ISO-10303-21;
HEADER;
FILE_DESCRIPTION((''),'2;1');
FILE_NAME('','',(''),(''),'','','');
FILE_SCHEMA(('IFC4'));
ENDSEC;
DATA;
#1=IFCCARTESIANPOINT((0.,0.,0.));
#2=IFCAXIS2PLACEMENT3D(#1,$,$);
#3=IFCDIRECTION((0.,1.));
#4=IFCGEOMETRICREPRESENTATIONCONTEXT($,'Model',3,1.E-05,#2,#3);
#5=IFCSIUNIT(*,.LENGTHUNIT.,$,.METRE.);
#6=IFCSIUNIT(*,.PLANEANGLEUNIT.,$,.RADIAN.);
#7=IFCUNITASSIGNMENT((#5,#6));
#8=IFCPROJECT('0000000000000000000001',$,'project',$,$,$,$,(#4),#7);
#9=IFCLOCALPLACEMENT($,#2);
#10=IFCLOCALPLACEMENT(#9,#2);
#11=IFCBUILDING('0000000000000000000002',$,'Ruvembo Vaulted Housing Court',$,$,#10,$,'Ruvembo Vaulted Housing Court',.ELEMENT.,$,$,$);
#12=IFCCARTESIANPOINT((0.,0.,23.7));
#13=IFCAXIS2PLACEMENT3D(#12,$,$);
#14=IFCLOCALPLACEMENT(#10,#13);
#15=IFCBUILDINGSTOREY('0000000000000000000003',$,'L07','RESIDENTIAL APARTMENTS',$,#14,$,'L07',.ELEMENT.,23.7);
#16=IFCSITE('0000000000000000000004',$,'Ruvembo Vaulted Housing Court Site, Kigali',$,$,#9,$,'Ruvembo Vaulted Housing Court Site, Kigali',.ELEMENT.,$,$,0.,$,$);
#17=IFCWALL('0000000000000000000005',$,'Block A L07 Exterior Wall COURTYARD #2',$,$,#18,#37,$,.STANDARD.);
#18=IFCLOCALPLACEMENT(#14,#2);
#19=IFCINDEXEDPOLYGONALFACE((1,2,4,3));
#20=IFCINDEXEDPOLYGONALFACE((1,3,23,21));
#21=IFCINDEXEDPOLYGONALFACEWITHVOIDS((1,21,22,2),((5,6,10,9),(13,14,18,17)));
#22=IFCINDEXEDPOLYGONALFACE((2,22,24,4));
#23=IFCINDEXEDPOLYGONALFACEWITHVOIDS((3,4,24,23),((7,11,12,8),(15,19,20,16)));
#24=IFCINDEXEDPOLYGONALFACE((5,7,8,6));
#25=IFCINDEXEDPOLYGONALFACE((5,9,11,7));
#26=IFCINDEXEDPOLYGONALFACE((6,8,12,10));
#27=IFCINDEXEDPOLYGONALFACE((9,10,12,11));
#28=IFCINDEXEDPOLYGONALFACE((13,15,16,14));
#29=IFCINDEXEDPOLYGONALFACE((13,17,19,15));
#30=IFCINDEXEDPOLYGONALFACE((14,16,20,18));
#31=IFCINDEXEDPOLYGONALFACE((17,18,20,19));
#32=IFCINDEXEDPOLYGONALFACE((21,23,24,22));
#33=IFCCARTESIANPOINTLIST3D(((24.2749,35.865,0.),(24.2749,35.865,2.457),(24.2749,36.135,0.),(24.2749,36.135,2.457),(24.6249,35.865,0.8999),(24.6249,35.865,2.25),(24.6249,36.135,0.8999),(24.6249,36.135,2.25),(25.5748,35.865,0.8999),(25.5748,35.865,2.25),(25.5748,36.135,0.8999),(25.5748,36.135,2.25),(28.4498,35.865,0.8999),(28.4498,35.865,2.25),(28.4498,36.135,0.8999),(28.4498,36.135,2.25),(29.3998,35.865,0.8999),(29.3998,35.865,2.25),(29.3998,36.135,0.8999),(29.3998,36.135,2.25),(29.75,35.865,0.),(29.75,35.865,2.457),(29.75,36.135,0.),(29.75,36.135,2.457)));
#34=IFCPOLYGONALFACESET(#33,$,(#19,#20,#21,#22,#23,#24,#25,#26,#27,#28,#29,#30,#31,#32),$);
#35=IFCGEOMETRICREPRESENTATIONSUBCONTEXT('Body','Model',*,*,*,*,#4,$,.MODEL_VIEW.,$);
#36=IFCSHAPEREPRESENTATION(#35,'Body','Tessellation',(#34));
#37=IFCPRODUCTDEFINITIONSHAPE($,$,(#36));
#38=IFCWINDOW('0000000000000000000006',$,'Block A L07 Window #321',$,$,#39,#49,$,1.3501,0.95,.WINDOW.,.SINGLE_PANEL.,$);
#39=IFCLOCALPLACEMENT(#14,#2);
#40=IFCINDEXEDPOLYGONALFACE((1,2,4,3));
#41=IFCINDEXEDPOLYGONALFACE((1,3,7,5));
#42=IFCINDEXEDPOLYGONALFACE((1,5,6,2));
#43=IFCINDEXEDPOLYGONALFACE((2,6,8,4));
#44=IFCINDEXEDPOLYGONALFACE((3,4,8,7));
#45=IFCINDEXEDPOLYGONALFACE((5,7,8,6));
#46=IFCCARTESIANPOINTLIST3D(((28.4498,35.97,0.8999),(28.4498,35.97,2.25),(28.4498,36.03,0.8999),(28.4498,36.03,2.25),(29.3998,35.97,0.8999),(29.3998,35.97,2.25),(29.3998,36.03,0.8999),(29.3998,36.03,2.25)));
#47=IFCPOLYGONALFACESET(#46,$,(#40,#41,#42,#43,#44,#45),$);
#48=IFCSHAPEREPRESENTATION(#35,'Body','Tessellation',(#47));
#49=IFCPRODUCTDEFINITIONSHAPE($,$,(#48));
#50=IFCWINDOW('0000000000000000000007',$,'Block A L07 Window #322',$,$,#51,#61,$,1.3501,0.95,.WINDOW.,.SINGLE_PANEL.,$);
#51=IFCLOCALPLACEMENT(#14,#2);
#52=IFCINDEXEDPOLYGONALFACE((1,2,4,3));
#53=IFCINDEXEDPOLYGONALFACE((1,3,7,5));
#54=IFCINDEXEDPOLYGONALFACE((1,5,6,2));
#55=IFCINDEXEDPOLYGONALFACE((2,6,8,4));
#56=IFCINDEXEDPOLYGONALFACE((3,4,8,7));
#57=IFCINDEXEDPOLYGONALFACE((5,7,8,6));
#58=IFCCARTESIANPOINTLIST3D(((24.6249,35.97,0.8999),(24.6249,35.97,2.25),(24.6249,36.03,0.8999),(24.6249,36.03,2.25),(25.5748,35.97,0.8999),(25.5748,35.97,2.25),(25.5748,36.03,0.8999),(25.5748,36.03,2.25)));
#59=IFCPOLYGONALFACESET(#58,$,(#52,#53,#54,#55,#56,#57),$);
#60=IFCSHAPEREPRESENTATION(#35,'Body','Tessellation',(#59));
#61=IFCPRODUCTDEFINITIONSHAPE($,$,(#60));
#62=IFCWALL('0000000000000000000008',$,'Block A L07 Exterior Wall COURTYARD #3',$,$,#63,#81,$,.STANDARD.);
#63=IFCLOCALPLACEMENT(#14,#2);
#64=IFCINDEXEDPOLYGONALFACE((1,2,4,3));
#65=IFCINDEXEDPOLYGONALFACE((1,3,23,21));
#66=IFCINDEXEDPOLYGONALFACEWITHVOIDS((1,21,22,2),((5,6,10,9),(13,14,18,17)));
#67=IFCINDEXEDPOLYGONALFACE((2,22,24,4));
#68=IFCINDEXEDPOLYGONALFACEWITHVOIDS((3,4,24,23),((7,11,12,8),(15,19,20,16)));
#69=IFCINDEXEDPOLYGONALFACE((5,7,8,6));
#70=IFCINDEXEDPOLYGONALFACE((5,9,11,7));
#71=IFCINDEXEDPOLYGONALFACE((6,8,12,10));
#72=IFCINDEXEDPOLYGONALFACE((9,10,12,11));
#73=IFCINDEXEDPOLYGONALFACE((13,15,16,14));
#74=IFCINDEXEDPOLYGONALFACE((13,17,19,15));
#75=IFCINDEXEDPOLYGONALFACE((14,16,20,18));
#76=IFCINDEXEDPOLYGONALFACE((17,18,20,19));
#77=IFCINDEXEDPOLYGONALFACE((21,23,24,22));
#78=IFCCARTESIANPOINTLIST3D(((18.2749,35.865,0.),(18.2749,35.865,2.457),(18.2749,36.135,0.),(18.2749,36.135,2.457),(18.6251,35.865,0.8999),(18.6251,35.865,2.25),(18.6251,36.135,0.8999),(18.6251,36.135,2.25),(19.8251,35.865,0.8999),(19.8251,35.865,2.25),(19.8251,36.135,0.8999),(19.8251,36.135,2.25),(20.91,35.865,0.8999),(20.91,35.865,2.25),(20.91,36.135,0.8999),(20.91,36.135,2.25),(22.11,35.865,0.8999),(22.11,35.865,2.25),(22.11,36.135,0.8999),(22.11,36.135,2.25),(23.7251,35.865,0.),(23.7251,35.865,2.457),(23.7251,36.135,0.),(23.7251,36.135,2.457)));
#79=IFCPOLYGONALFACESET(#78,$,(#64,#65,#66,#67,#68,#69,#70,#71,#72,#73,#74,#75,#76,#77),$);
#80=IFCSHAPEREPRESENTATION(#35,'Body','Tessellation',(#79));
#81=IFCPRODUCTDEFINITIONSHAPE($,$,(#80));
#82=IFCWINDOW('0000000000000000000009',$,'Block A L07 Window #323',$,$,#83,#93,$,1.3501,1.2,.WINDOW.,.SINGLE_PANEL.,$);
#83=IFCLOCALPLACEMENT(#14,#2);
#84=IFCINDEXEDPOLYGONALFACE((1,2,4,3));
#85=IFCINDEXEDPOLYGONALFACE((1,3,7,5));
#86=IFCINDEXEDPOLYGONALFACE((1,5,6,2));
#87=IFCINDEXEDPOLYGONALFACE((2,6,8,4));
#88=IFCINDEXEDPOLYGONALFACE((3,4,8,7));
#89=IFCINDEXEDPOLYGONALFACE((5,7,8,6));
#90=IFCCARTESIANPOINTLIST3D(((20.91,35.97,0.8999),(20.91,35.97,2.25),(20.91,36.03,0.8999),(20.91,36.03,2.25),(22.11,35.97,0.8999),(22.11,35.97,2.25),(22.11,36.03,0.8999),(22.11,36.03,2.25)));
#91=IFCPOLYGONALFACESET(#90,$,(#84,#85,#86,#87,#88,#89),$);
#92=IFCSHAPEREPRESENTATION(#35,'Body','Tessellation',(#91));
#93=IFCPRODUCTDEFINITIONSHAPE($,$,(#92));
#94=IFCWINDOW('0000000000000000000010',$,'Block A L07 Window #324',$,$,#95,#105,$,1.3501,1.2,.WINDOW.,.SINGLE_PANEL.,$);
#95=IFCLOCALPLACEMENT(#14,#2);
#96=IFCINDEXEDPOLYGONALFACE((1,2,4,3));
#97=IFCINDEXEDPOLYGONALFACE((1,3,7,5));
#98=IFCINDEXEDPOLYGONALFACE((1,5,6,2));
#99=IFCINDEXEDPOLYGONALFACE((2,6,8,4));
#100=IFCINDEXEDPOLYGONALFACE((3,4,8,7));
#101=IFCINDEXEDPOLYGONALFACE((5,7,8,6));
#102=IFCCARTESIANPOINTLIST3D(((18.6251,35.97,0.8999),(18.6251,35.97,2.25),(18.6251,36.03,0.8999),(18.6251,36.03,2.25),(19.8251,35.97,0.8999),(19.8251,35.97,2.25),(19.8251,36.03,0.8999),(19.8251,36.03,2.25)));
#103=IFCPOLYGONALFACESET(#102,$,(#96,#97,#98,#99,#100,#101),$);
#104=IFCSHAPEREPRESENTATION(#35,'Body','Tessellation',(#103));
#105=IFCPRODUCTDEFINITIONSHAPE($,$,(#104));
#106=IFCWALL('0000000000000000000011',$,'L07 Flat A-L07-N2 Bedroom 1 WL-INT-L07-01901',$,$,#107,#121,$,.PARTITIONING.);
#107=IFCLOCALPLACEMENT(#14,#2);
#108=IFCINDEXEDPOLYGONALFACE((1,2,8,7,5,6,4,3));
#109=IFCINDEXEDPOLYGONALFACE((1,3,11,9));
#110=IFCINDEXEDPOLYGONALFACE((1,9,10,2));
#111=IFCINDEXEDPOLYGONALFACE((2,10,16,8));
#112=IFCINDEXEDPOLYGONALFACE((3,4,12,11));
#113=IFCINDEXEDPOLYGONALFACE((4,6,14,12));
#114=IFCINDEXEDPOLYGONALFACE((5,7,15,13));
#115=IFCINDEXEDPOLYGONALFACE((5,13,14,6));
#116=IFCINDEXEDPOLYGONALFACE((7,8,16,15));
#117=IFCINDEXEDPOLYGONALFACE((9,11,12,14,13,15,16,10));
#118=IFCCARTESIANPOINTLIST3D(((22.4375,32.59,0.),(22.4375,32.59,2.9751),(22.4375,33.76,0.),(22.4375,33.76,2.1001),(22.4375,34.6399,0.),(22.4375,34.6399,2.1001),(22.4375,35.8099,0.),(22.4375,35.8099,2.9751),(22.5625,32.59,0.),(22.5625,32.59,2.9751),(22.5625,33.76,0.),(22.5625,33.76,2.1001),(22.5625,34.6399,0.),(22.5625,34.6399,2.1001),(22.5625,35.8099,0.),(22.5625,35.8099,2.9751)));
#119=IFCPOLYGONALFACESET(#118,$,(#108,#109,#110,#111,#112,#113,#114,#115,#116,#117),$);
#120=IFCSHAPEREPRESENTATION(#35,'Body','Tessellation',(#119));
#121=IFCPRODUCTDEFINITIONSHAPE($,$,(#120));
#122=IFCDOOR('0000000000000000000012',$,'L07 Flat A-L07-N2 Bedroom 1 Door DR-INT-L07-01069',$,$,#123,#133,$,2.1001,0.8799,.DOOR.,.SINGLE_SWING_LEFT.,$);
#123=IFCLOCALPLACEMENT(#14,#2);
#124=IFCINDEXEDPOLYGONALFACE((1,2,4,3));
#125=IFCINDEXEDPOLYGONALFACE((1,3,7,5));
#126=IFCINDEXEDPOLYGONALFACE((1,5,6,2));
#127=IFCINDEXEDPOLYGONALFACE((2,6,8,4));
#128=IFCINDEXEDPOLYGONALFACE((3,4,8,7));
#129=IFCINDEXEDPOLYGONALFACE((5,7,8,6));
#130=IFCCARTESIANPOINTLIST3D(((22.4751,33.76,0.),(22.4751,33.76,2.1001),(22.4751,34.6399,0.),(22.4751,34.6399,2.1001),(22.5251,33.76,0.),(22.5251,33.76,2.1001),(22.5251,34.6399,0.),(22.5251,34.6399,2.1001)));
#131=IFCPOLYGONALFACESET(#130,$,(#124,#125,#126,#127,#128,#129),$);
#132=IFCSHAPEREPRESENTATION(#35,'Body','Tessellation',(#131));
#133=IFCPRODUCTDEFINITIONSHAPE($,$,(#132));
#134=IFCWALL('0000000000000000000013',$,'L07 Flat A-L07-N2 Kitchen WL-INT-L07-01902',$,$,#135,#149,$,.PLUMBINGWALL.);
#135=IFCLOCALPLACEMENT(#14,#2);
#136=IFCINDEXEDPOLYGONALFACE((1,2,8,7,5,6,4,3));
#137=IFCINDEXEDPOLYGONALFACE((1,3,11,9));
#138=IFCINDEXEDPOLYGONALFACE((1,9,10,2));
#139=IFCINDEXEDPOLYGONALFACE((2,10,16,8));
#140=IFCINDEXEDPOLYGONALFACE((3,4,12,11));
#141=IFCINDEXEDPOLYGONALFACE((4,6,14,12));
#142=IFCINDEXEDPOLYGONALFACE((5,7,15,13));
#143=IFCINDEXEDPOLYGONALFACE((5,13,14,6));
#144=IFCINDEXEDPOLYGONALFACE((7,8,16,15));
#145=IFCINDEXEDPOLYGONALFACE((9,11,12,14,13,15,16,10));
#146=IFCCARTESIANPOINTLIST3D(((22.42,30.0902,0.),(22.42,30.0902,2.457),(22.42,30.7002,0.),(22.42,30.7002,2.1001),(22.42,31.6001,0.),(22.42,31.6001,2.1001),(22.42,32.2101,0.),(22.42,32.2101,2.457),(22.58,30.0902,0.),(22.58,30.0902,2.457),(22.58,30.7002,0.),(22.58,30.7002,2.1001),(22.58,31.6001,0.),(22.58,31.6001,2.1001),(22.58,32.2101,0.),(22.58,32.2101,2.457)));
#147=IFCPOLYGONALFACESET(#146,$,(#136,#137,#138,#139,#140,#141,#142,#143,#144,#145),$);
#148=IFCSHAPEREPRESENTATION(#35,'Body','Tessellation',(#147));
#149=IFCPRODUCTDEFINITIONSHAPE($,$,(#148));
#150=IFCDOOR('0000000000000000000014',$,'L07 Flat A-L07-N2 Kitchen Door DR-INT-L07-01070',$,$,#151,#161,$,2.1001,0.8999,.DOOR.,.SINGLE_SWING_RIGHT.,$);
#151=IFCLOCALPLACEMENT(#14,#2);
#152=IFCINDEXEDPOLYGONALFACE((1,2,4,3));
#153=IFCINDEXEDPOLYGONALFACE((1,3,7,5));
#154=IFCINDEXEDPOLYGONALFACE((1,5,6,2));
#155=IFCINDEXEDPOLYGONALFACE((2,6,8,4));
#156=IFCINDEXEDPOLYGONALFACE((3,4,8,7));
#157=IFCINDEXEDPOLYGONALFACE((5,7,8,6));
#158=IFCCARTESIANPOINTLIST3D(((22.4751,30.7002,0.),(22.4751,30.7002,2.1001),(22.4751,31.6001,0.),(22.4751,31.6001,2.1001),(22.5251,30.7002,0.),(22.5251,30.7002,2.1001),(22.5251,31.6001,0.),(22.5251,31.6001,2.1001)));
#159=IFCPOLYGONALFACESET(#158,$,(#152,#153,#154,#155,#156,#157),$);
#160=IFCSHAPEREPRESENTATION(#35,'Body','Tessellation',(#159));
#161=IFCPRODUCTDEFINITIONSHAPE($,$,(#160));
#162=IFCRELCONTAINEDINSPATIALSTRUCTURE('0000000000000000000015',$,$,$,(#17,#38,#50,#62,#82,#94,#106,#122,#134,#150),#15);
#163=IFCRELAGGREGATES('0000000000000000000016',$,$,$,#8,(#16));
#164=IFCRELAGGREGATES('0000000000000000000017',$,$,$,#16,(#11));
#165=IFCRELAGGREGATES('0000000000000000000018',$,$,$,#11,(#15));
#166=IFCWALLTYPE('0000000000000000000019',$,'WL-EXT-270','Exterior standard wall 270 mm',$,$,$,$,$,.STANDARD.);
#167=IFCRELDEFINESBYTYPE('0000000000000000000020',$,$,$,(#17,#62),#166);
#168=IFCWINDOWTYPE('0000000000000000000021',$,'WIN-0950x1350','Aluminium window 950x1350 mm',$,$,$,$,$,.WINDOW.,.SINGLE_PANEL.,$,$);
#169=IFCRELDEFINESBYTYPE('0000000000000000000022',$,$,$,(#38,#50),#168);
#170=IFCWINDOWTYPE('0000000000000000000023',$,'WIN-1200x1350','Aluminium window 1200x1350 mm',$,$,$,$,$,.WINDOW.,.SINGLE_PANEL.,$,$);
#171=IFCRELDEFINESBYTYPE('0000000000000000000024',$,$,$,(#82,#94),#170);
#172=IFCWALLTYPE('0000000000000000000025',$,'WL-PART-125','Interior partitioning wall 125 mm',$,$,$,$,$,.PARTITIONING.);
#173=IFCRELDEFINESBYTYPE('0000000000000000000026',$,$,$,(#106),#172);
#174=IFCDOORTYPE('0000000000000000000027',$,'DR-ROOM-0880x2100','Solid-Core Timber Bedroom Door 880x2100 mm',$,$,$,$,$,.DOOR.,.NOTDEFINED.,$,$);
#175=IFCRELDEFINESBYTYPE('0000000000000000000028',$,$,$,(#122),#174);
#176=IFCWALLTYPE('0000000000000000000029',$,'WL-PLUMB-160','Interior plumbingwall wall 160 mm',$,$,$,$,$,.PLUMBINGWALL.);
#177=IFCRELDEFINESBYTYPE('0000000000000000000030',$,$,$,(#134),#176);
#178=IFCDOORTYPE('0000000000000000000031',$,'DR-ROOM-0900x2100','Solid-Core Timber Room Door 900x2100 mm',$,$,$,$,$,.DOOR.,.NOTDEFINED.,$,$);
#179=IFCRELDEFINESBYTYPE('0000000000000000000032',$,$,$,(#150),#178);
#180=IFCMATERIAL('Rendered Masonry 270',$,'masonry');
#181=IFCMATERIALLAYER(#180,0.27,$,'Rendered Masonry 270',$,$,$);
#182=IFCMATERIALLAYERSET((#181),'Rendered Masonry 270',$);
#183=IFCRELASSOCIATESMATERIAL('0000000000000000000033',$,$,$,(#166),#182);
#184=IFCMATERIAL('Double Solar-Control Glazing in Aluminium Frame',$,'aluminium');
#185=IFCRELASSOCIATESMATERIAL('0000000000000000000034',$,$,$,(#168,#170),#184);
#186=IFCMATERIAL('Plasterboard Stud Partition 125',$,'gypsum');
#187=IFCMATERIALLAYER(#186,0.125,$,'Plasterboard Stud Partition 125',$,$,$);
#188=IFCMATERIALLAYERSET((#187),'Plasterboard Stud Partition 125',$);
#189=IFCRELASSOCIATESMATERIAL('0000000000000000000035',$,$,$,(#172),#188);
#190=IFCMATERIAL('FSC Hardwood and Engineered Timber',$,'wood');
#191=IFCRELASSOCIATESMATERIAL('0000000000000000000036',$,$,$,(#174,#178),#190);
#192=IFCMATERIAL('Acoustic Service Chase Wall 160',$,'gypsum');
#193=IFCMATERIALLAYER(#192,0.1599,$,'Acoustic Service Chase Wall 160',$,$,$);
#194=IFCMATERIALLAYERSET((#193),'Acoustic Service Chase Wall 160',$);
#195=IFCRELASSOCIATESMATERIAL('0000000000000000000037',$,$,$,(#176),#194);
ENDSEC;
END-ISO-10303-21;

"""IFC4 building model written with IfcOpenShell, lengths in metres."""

from ifc_helpers import new_model, si_unit, direction, frame, frame_2d, origin, place, context, subcontext, project, spatial, rectangle, extrude, material, layer, layer_set, type_object, element, fill, save


model = new_model("IFC4")

# Units and contexts
model_context = context("Model", 3, precision=1e-05, world=origin(), true_north=direction((0.0, 1.0)))
body_context = subcontext(model_context, "Body", "Model", "MODEL_VIEW")
ifc_project = project(units=[si_unit("LENGTHUNIT", "METRE"), si_unit("PLANEANGLEUNIT", "RADIAN")], contexts=[model_context])

# Site, building, storey
site_placement = place(None, origin())
site = spatial("IfcSite", under=ifc_project, at=site_placement, Name="Ruvembo Vaulted Housing Court Site, Kigali", LongName="Ruvembo Vaulted Housing Court Site, Kigali", CompositionType="ELEMENT", RefElevation=0.0)
building_placement = place(site_placement, origin())
building = spatial("IfcBuilding", under=site, at=building_placement, Name="Ruvembo Vaulted Housing Court", LongName="Ruvembo Vaulted Housing Court", CompositionType="ELEMENT")
storey_placement = place(building_placement, frame((0.0, 0.0, 23.7)))
storey = spatial("IfcBuildingStorey", under=building, at=storey_placement, Name="L07", Description="RESIDENTIAL APARTMENTS", LongName="L07", CompositionType="ELEMENT", Elevation=23.7)

# Walls, openings, windows
ifc_material_1 = material(Name="Rendered Masonry 270", Category="masonry")
ifc_layer_1 = layer(ifc_material_1, 0.27, Name="Rendered Masonry 270")
ifc_layer_set_1 = layer_set([ifc_layer_1], Name="Rendered Masonry 270")
wall_type_1 = type_object("IfcWallType", Name="WL-EXT-270", Description="Exterior standard wall 270 mm", PredefinedType="STANDARD", material=ifc_layer_set_1)
wall_1_placement = place(storey_placement, frame((29.75, 36.0, 0.0), z_axis=(0.0, 0.0, 1.0), x_axis=(-1.0, 0.0, 0.0)))
wall_1 = element("IfcWall", 1, at=wall_1_placement, inside=storey, type_object=wall_type_1, Name="Block A L07 Exterior Wall COURTYARD #2", PredefinedType="STANDARD", context=body_context, shape_type="SweptSolid", body=[
    extrude(rectangle(XDim=5.4751, YDim=0.27, at=frame_2d((2.7375, 0.0))), origin(), (0.0, 0.0, 1.0), 2.457),
])
opening_1_placement = place(wall_1_placement, frame((0.3501, 0.0, 0.8999)))
opening_1 = element("IfcOpeningElement", 2, at=opening_1_placement, cuts=wall_1, PredefinedType="OPENING", context=body_context, shape_type="SweptSolid", body=[
    extrude(rectangle(XDim=0.95, YDim=1.3501, at=frame_2d((0.4751, 0.675))), frame((0.0, 0.145, 0.0), z_axis=(0.0, -1.0, 0.0), x_axis=(1.0, 0.0, 0.0)), (0.0, 0.0, 1.0), 0.29),
])
opening_2_placement = place(wall_1_placement, frame((4.175, 0.0, 0.8999)))
opening_2 = element("IfcOpeningElement", 3, at=opening_2_placement, cuts=wall_1, PredefinedType="OPENING", context=body_context, shape_type="SweptSolid", body=[
    extrude(rectangle(XDim=0.95, YDim=1.3501, at=frame_2d((0.4751, 0.675))), frame((0.0, 0.145, 0.0), z_axis=(0.0, -1.0, 0.0), x_axis=(1.0, 0.0, 0.0)), (0.0, 0.0, 1.0), 0.29),
])
ifc_material_2 = material(Name="Double Solar-Control Glazing in Aluminium Frame", Category="aluminium")
window_type_1 = type_object("IfcWindowType", Name="WIN-0950x1350", Description="Aluminium window 950x1350 mm", PartitioningType="SINGLE_PANEL", PredefinedType="WINDOW", material=ifc_material_2)
window_1_placement = place(opening_1_placement, origin())
window_1 = element("IfcWindow", 4, at=window_1_placement, inside=storey, type_object=window_type_1, Name="Block A L07 Window #321", OverallHeight=1.3501, OverallWidth=0.95, PartitioningType="SINGLE_PANEL", PredefinedType="WINDOW", context=body_context, shape_type="SweptSolid", body=[
    extrude(rectangle(XDim=0.95, YDim=1.3501, at=frame_2d((0.4751, 0.675))), frame((0.0, 0.03, 0.0), z_axis=(0.0, -1.0, 0.0), x_axis=(1.0, 0.0, 0.0)), (0.0, 0.0, 1.0), 0.0601),
])
fill(opening_1, window_1)
window_2_placement = place(opening_2_placement, origin())
window_2 = element("IfcWindow", 5, at=window_2_placement, inside=storey, type_object=window_type_1, Name="Block A L07 Window #322", OverallHeight=1.3501, OverallWidth=0.95, PartitioningType="SINGLE_PANEL", PredefinedType="WINDOW", context=body_context, shape_type="SweptSolid", body=[
    extrude(rectangle(XDim=0.95, YDim=1.3501, at=frame_2d((0.4751, 0.675))), frame((0.0, 0.03, 0.0), z_axis=(0.0, -1.0, 0.0), x_axis=(1.0, 0.0, 0.0)), (0.0, 0.0, 1.0), 0.0601),
])
fill(opening_2, window_2)
wall_2_placement = place(storey_placement, frame((23.7251, 36.0, 0.0), z_axis=(0.0, 0.0, 1.0), x_axis=(-1.0, 0.0, 0.0)))
wall_2 = element("IfcWall", 6, at=wall_2_placement, inside=storey, type_object=wall_type_1, Name="Block A L07 Exterior Wall COURTYARD #3", PredefinedType="STANDARD", context=body_context, shape_type="SweptSolid", body=[
    extrude(rectangle(XDim=5.4502, YDim=0.27, at=frame_2d((2.7251, 0.0))), origin(), (0.0, 0.0, 1.0), 2.457),
])
opening_3_placement = place(wall_2_placement, frame((1.615, 0.0, 0.8999)))
opening_3 = element("IfcOpeningElement", 7, at=opening_3_placement, cuts=wall_2, PredefinedType="OPENING", context=body_context, shape_type="SweptSolid", body=[
    extrude(rectangle(XDim=1.2, YDim=1.3501, at=frame_2d((0.6001, 0.675))), frame((0.0, 0.145, 0.0), z_axis=(0.0, -1.0, 0.0), x_axis=(1.0, 0.0, 0.0)), (0.0, 0.0, 1.0), 0.29),
])
opening_4_placement = place(wall_2_placement, frame((3.8999, 0.0, 0.8999)))
opening_4 = element("IfcOpeningElement", 8, at=opening_4_placement, cuts=wall_2, PredefinedType="OPENING", context=body_context, shape_type="SweptSolid", body=[
    extrude(rectangle(XDim=1.2, YDim=1.3501, at=frame_2d((0.6001, 0.675))), frame((0.0, 0.145, 0.0), z_axis=(0.0, -1.0, 0.0), x_axis=(1.0, 0.0, 0.0)), (0.0, 0.0, 1.0), 0.29),
])
window_type_2 = type_object("IfcWindowType", Name="WIN-1200x1350", Description="Aluminium window 1200x1350 mm", PartitioningType="SINGLE_PANEL", PredefinedType="WINDOW", material=ifc_material_2)
window_3_placement = place(opening_3_placement, origin())
window_3 = element("IfcWindow", 9, at=window_3_placement, inside=storey, type_object=window_type_2, Name="Block A L07 Window #323", OverallHeight=1.3501, OverallWidth=1.2, PartitioningType="SINGLE_PANEL", PredefinedType="WINDOW", context=body_context, shape_type="SweptSolid", body=[
    extrude(rectangle(XDim=1.2, YDim=1.3501, at=frame_2d((0.6001, 0.675))), frame((0.0, 0.03, 0.0), z_axis=(0.0, -1.0, 0.0), x_axis=(1.0, 0.0, 0.0)), (0.0, 0.0, 1.0), 0.0601),
])
fill(opening_3, window_3)
window_4_placement = place(opening_4_placement, origin())
window_4 = element("IfcWindow", 10, at=window_4_placement, inside=storey, type_object=window_type_2, Name="Block A L07 Window #324", OverallHeight=1.3501, OverallWidth=1.2, PartitioningType="SINGLE_PANEL", PredefinedType="WINDOW", context=body_context, shape_type="SweptSolid", body=[
    extrude(rectangle(XDim=1.2, YDim=1.3501, at=frame_2d((0.6001, 0.675))), frame((0.0, 0.03, 0.0), z_axis=(0.0, -1.0, 0.0), x_axis=(1.0, 0.0, 0.0)), (0.0, 0.0, 1.0), 0.0601),
])
fill(opening_4, window_4)

# Walls, openings, doors
ifc_material_3 = material(Name="Plasterboard Stud Partition 125", Category="gypsum")
ifc_layer_2 = layer(ifc_material_3, 0.125, Name="Plasterboard Stud Partition 125")
ifc_layer_set_2 = layer_set([ifc_layer_2], Name="Plasterboard Stud Partition 125")
wall_type_2 = type_object("IfcWallType", Name="WL-PART-125", Description="Interior partitioning wall 125 mm", PredefinedType="PARTITIONING", material=ifc_layer_set_2)
wall_3_placement = place(storey_placement, frame((22.5, 32.5901, 0.0), z_axis=(0.0, 0.0, 1.0), x_axis=(0.0, 1.0, 0.0)))
wall_3 = element("IfcWall", 11, at=wall_3_placement, inside=storey, type_object=wall_type_2, Name="L07 Flat A-L07-N2 Bedroom 1 WL-INT-L07-01901", PredefinedType="PARTITIONING", context=body_context, shape_type="SweptSolid", body=[
    extrude(rectangle(XDim=3.22, YDim=0.125, at=frame_2d((1.6099, 0.0))), origin(), (0.0, 0.0, 1.0), 2.9751),
])
opening_5_placement = place(wall_3_placement, frame((1.1699, 0.0, 0.0)))
opening_5 = element("IfcOpeningElement", 12, at=opening_5_placement, cuts=wall_3, PredefinedType="OPENING", context=body_context, shape_type="SweptSolid", body=[
    extrude(rectangle(XDim=0.8799, YDim=2.1001, at=frame_2d((0.4399, 1.05))), frame((0.0, 0.0725, 0.0), z_axis=(0.0, -1.0, 0.0), x_axis=(1.0, 0.0, 0.0)), (0.0, 0.0, 1.0), 0.145),
])
ifc_material_4 = material(Name="FSC Hardwood and Engineered Timber", Category="wood")
door_type_1 = type_object("IfcDoorType", Name="DR-ROOM-0880x2100", Description="Solid-Core Timber Bedroom Door 880x2100 mm", OperationType="NOTDEFINED", PredefinedType="DOOR", material=ifc_material_4)
door_1_placement = place(opening_5_placement, origin())
door_1 = element("IfcDoor", 13, at=door_1_placement, inside=storey, type_object=door_type_1, Name="L07 Flat A-L07-N2 Bedroom 1 Door DR-INT-L07-01069", OperationType="SINGLE_SWING_LEFT", OverallHeight=2.1001, OverallWidth=0.8799, PredefinedType="DOOR", context=body_context, shape_type="SweptSolid", body=[
    extrude(rectangle(XDim=0.8799, YDim=2.1001, at=frame_2d((0.4399, 1.05))), frame((0.0, 0.0249, 0.0), z_axis=(0.0, -1.0, 0.0), x_axis=(1.0, 0.0, 0.0)), (0.0, 0.0, 1.0), 0.05),
])
fill(opening_5, door_1)
ifc_material_5 = material(Name="Acoustic Service Chase Wall 160", Category="gypsum")
ifc_layer_3 = layer(ifc_material_5, 0.1599, Name="Acoustic Service Chase Wall 160")
ifc_layer_set_3 = layer_set([ifc_layer_3], Name="Acoustic Service Chase Wall 160")
wall_type_3 = type_object("IfcWallType", Name="WL-PLUMB-160", Description="Interior plumbingwall wall 160 mm", PredefinedType="PLUMBINGWALL", material=ifc_layer_set_3)
wall_4_placement = place(storey_placement, frame((22.5, 30.0901, 0.0), z_axis=(0.0, 0.0, 1.0), x_axis=(0.0, 1.0, 0.0)))
wall_4 = element("IfcWall", 14, at=wall_4_placement, inside=storey, type_object=wall_type_3, Name="L07 Flat A-L07-N2 Kitchen WL-INT-L07-01902", PredefinedType="PLUMBINGWALL", context=body_context, shape_type="SweptSolid", body=[
    extrude(rectangle(XDim=2.1199, YDim=0.1599, at=frame_2d((1.0601, 0.0))), origin(), (0.0, 0.0, 1.0), 2.457),
])
opening_6_placement = place(wall_4_placement, frame((0.6101, 0.0, 0.0)))
opening_6 = element("IfcOpeningElement", 15, at=opening_6_placement, cuts=wall_4, PredefinedType="OPENING", context=body_context, shape_type="SweptSolid", body=[
    extrude(rectangle(XDim=0.8999, YDim=2.1001, at=frame_2d((0.45, 1.05))), frame((0.0, 0.0898, 0.0), z_axis=(0.0, -1.0, 0.0), x_axis=(1.0, 0.0, 0.0)), (0.0, 0.0, 1.0), 0.1799),
])
door_type_2 = type_object("IfcDoorType", Name="DR-ROOM-0900x2100", Description="Solid-Core Timber Room Door 900x2100 mm", OperationType="NOTDEFINED", PredefinedType="DOOR", material=ifc_material_4)
door_2_placement = place(opening_6_placement, origin())
door_2 = element("IfcDoor", 16, at=door_2_placement, inside=storey, type_object=door_type_2, Name="L07 Flat A-L07-N2 Kitchen Door DR-INT-L07-01070", OperationType="SINGLE_SWING_RIGHT", OverallHeight=2.1001, OverallWidth=0.8999, PredefinedType="DOOR", context=body_context, shape_type="SweptSolid", body=[
    extrude(rectangle(XDim=0.8999, YDim=2.1001, at=frame_2d((0.45, 1.05))), frame((0.0, 0.0249, 0.0), z_axis=(0.0, -1.0, 0.0), x_axis=(1.0, 0.0, 0.0)), (0.0, 0.0, 1.0), 0.05),
])
fill(opening_6, door_2)

save(model, "model.ifc")
